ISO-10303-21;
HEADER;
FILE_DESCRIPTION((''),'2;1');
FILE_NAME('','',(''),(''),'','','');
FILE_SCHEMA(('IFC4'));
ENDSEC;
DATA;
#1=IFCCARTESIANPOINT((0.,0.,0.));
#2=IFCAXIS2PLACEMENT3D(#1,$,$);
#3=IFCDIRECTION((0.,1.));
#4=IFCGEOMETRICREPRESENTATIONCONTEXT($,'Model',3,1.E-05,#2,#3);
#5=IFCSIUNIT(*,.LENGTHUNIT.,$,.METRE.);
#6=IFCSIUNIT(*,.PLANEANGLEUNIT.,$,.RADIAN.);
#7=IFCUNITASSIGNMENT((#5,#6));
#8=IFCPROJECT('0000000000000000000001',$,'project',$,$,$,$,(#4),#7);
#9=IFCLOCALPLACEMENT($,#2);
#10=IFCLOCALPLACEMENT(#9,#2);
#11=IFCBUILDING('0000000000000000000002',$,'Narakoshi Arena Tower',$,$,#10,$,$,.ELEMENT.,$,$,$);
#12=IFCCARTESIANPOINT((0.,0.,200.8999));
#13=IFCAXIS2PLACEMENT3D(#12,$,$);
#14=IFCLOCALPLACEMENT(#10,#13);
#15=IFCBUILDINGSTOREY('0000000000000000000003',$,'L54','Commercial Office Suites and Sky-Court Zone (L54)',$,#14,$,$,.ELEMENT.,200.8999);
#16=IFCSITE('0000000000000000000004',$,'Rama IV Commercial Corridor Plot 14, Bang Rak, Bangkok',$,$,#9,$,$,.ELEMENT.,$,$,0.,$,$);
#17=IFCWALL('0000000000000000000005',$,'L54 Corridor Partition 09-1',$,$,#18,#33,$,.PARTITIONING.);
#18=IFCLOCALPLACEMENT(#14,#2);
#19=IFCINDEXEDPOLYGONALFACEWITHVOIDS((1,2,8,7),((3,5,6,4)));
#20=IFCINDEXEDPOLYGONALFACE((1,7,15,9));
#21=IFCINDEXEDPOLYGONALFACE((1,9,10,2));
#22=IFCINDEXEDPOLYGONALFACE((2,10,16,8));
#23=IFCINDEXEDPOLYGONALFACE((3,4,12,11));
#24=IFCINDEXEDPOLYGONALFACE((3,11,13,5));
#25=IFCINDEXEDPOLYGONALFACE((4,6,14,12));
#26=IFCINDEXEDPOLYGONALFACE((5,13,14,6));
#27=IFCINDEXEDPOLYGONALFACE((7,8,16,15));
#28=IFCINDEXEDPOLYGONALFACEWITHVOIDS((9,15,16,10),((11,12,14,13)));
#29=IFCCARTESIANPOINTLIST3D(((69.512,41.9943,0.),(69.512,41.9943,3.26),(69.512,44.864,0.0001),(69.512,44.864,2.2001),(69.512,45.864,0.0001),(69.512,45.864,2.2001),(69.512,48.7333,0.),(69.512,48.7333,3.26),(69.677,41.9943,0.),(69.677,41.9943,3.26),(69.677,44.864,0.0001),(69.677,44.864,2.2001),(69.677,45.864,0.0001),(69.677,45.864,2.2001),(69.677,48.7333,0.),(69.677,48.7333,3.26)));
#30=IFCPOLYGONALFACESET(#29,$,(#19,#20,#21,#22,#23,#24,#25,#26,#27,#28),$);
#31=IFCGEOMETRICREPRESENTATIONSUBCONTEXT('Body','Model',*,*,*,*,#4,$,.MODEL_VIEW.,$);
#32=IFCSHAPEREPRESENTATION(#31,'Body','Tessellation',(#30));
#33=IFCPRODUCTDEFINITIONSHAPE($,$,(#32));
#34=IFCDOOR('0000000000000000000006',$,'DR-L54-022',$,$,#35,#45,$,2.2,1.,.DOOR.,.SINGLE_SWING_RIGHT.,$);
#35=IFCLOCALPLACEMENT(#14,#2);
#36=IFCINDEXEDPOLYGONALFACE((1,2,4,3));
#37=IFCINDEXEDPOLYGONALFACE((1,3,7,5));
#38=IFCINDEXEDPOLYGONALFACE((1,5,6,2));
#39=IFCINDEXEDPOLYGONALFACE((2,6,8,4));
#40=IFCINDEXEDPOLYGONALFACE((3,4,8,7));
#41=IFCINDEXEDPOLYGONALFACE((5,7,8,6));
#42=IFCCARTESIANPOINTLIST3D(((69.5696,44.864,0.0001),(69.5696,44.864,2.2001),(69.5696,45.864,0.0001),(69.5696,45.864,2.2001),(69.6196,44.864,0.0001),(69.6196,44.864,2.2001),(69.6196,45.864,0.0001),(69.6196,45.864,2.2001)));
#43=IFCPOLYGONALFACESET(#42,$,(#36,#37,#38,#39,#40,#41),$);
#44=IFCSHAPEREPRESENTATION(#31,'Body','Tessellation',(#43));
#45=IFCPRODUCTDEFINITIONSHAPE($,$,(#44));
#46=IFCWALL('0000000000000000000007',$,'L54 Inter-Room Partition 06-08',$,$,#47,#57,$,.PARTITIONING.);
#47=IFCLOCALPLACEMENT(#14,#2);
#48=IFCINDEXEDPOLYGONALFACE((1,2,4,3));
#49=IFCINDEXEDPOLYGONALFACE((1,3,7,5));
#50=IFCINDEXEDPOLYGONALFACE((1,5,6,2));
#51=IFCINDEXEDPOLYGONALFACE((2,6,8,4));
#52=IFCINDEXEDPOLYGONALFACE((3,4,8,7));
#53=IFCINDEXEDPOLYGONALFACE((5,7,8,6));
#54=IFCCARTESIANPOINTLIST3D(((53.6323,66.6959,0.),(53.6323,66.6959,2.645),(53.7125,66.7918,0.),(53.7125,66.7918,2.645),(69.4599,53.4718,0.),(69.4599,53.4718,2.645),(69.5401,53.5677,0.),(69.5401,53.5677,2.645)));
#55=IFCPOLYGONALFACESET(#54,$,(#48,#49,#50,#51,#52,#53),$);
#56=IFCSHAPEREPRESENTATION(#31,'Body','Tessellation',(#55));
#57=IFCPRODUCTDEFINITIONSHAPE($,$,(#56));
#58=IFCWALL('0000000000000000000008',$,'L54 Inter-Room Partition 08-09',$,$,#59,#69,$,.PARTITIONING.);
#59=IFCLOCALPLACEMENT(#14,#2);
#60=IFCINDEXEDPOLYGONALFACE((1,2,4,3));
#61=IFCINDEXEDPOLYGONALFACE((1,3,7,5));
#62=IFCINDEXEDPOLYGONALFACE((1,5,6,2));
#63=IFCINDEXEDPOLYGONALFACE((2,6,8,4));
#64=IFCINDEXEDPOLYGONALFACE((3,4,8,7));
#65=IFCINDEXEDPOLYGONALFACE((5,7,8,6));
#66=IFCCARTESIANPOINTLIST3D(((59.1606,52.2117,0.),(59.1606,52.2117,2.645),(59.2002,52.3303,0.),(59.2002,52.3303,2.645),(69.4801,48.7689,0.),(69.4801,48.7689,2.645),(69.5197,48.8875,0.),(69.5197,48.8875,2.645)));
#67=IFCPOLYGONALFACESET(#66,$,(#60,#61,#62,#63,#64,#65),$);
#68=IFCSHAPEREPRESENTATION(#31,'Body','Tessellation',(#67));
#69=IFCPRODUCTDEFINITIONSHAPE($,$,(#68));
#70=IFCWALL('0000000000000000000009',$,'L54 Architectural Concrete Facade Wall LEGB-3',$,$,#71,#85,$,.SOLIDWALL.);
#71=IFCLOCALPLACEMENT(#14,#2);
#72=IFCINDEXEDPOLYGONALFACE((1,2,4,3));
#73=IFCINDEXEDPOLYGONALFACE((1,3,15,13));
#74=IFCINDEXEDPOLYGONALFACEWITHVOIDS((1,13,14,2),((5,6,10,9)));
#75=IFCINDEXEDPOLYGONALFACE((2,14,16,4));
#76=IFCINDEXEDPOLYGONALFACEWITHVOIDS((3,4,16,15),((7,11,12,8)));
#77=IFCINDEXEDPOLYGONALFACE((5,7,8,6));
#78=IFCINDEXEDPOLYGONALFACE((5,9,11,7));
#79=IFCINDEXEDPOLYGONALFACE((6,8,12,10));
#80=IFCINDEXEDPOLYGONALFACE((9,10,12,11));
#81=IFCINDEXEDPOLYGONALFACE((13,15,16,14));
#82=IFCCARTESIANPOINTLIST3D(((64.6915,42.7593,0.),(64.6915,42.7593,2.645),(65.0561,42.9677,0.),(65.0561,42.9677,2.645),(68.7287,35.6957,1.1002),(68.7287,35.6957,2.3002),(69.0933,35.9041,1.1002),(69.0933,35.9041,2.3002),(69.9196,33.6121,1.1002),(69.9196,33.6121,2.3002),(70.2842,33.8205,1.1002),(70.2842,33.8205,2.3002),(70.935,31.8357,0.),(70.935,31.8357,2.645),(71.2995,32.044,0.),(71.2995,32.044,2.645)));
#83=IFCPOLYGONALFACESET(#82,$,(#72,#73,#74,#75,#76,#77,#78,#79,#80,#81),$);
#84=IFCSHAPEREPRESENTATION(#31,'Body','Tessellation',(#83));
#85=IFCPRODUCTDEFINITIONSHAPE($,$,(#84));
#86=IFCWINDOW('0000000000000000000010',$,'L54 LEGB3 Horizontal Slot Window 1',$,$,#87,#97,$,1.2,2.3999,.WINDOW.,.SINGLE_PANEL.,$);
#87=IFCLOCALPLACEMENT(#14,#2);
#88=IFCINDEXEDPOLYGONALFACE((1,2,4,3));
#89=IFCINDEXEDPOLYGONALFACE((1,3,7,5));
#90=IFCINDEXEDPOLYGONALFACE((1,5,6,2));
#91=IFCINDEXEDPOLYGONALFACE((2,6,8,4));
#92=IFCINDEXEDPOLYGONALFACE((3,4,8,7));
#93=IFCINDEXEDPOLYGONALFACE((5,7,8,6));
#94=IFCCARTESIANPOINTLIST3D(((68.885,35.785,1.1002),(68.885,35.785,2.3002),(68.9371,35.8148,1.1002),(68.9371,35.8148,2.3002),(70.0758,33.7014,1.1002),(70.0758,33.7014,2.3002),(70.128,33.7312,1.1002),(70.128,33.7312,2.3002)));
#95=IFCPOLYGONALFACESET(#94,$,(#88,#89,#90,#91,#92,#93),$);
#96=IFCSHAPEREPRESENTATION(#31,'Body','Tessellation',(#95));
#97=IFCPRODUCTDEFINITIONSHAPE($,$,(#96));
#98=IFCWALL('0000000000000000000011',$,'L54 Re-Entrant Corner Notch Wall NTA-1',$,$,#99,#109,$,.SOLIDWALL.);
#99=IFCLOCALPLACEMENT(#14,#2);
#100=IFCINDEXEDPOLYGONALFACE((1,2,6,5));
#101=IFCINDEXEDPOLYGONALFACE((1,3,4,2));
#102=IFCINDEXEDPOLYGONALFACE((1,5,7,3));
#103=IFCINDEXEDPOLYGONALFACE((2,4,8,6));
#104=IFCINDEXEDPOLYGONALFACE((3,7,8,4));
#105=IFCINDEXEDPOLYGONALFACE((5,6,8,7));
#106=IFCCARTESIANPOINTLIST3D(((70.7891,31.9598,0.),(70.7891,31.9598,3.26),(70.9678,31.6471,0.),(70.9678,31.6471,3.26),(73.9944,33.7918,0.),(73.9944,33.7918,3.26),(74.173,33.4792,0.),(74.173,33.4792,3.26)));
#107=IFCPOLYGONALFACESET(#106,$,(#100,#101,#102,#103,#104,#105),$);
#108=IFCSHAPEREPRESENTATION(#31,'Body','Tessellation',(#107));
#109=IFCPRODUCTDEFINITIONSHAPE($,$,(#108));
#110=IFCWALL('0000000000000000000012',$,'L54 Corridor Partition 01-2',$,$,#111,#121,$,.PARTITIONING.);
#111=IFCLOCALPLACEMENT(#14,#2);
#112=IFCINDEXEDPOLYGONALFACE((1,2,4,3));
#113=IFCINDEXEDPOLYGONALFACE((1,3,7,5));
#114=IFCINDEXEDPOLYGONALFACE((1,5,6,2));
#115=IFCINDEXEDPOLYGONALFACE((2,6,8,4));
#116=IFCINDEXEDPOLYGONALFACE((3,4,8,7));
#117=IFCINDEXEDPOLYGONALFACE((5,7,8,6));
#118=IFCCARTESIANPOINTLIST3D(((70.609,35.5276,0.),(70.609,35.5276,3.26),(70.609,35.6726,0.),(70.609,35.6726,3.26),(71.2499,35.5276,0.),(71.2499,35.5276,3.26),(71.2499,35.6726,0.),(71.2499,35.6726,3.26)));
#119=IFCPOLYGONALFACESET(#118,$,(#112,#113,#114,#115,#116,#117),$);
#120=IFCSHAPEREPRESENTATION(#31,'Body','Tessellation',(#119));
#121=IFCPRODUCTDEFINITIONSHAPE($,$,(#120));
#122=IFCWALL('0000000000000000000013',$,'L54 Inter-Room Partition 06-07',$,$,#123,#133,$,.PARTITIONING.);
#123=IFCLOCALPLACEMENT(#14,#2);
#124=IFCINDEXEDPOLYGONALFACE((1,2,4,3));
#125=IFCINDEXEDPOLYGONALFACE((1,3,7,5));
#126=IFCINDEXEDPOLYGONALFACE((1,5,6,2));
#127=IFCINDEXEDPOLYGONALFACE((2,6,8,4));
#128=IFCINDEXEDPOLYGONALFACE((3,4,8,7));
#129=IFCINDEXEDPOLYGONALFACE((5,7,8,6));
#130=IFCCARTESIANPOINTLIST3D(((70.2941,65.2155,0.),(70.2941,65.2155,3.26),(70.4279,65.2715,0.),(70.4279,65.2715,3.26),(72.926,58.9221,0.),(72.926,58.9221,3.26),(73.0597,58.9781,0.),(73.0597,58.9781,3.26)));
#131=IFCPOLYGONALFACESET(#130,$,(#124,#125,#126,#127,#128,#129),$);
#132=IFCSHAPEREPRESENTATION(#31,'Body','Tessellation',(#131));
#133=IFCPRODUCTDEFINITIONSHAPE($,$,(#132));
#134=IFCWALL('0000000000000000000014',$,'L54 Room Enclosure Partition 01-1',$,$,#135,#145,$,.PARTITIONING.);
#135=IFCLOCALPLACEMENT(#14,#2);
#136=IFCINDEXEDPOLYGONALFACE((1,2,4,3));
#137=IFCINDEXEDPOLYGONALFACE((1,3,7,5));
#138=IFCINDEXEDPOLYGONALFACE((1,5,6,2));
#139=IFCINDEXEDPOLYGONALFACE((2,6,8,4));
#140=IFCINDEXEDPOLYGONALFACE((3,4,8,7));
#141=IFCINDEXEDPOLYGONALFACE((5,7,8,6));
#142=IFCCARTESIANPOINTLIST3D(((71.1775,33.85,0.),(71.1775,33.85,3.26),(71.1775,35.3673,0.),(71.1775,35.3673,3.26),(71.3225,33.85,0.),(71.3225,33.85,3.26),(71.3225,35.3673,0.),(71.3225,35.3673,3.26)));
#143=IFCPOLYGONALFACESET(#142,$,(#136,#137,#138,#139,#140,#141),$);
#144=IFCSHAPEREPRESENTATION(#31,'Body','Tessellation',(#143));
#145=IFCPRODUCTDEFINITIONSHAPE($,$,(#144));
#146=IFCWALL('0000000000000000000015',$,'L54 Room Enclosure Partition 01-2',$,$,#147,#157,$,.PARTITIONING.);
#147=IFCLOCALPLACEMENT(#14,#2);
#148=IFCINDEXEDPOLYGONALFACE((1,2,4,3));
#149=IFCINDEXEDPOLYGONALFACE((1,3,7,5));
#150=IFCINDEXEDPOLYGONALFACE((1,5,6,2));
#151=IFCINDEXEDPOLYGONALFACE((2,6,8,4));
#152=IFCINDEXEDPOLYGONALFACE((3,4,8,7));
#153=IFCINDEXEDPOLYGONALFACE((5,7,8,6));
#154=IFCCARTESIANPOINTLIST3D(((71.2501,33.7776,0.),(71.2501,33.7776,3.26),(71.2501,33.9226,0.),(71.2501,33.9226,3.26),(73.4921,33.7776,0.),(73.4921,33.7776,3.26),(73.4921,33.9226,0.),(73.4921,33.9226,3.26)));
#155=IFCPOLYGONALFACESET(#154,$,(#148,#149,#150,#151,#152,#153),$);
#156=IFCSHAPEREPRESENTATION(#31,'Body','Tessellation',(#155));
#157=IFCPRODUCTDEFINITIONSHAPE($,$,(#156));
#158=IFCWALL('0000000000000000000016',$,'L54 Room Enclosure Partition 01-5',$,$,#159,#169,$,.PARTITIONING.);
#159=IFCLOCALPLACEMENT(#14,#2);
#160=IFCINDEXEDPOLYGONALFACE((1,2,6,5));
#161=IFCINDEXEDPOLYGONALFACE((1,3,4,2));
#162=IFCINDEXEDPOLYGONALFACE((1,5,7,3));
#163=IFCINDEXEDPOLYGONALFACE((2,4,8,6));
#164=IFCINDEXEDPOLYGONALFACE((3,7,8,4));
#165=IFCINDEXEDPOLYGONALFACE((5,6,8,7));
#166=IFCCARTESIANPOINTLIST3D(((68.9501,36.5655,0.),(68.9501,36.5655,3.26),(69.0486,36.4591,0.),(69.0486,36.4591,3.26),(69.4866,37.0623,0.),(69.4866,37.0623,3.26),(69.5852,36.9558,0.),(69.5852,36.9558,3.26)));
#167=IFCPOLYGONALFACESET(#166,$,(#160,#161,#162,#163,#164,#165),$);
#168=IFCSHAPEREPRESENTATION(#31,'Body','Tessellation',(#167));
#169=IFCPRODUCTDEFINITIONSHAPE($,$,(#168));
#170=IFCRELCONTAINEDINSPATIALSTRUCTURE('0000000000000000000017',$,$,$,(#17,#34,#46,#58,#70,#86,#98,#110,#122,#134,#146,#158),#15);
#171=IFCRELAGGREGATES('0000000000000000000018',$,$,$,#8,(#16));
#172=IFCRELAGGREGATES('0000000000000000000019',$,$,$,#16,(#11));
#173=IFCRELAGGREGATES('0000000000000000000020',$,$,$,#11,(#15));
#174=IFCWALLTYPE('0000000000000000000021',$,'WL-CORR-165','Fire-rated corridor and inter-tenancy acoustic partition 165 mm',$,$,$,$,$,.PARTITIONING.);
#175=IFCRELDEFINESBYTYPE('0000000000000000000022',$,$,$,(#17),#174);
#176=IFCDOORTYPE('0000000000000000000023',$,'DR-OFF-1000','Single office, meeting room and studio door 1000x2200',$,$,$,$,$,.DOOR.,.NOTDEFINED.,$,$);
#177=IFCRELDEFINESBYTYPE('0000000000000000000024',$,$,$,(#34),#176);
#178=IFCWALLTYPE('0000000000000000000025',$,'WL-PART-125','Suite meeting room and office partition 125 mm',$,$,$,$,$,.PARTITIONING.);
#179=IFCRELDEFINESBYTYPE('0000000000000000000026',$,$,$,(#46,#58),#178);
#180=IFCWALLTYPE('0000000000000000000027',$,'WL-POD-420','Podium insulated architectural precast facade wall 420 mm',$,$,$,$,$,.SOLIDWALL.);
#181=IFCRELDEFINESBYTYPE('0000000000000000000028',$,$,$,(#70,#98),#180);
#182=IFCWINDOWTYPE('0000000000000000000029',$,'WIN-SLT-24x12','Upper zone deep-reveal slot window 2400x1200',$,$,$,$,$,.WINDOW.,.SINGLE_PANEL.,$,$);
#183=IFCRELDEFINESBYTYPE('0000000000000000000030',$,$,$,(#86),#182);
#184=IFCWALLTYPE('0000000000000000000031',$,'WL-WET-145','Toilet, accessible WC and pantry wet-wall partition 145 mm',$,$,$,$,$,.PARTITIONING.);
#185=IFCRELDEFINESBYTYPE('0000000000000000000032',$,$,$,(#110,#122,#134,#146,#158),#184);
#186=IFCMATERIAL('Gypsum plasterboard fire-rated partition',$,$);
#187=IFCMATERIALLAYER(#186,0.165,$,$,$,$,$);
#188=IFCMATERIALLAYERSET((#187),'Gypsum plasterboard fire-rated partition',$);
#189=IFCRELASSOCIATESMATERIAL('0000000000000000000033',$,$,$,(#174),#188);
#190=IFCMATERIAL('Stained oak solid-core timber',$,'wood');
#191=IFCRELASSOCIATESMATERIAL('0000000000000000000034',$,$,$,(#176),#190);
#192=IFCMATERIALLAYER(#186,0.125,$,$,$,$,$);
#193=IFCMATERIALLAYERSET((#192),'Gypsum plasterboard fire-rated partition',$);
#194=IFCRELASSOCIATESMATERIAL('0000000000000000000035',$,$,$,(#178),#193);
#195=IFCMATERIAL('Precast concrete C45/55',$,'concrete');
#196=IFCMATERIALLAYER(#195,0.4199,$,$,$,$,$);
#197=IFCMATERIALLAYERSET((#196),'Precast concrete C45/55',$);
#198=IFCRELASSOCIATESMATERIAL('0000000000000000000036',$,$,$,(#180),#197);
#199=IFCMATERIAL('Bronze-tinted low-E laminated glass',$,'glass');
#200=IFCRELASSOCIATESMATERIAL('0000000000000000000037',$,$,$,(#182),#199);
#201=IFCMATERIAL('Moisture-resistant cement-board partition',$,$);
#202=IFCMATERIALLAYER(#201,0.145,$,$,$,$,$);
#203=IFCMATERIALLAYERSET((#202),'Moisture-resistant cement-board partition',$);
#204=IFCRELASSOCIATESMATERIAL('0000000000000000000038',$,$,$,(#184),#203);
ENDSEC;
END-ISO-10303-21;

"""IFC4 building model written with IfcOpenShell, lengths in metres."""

from ifc_helpers import new_model, si_unit, direction, frame, frame_2d, origin, place, context, subcontext, project, spatial, rectangle, extrude, material, layer, layer_set, type_object, element, fill, save


model = new_model("IFC4")

# Units and contexts
model_context = context("Model", 3, precision=1e-05, world=origin(), true_north=direction((0.0, 1.0)))
body_context = subcontext(model_context, "Body", "Model", "MODEL_VIEW")
ifc_project = project(units=[si_unit("LENGTHUNIT", "METRE"), si_unit("PLANEANGLEUNIT", "RADIAN")], contexts=[model_context])

# Site, building, storey
site_placement = place(None, origin())
site = spatial("IfcSite", under=ifc_project, at=site_placement, Name="Rama IV Commercial Corridor Plot 14, Bang Rak, Bangkok", CompositionType="ELEMENT", RefElevation=0.0)
building_placement = place(site_placement, origin())
building = spatial("IfcBuilding", under=site, at=building_placement, Name="Narakoshi Arena Tower", CompositionType="ELEMENT")
storey_placement = place(building_placement, frame((0.0, 0.0, 200.8999)))
storey = spatial("IfcBuildingStorey", under=building, at=storey_placement, Name="L54", Description="Commercial Office Suites and Sky-Court Zone (L54)", CompositionType="ELEMENT", Elevation=200.8999)

# Shared definitions
ifc_material_1 = material(Name="Bronze-tinted low-E laminated glass", Category="glass")

# Wall, opening, door
ifc_material_2 = material(Name="Gypsum plasterboard fire-rated partition")
ifc_layer_1 = layer(ifc_material_2, 0.165)
ifc_layer_set_1 = layer_set([ifc_layer_1], Name="Gypsum plasterboard fire-rated partition")
wall_type_1 = type_object("IfcWallType", Name="WL-CORR-165", Description="Fire-rated corridor and inter-tenancy acoustic partition 165 mm", PredefinedType="PARTITIONING", material=ifc_layer_set_1)
ifc_material_3 = material(Name="Stained oak solid-core timber", Category="wood")
door_type_1 = type_object("IfcDoorType", Name="DR-OFF-1000", Description="Single office, meeting room and studio door 1000x2200", OperationType="NOTDEFINED", PredefinedType="DOOR", material=ifc_material_3)
wall_1_placement = place(storey_placement, frame((69.5945, 48.7334, 0.0), z_axis=(0.0, 0.0, 1.0), x_axis=(0.0, -1.0, 0.0)))
wall_1 = element("IfcWall", 1, at=wall_1_placement, inside=storey, type_object=wall_type_1, Name="L54 Corridor Partition 09-1", PredefinedType="PARTITIONING", context=body_context, shape_type="SweptSolid", body=[
    extrude(rectangle(XDim=6.739, YDim=0.165, at=frame_2d((3.3696, 0.0))), origin(), (0.0, 0.0, 1.0), 3.26),
])
opening_1_placement = place(wall_1_placement, frame((2.8694, 0.0, 0.0)))
opening_1 = element("IfcOpeningElement", 2, at=opening_1_placement, cuts=wall_1, PredefinedType="OPENING", context=body_context, shape_type="SweptSolid", body=[
    extrude(rectangle(XDim=1.0, YDim=2.2, at=frame_2d((0.5, 1.1001))), frame((0.0, 0.0925, 0.0), z_axis=(0.0, -1.0, 0.0), x_axis=(1.0, 0.0, 0.0)), (0.0, 0.0, 1.0), 0.1851),
])
door_1_placement = place(opening_1_placement, frame((1.0, 0.0, 0.0), z_axis=(0.0, 0.0, 1.0), x_axis=(-1.0, 0.0, 0.0)))
door_1 = element("IfcDoor", 3, at=door_1_placement, inside=storey, type_object=door_type_1, Name="DR-L54-022", OperationType="SINGLE_SWING_RIGHT", OverallHeight=2.2, OverallWidth=1.0, PredefinedType="DOOR", context=body_context, shape_type="SweptSolid", body=[
    extrude(rectangle(XDim=1.0, YDim=2.2, at=frame_2d((0.5, 1.1001))), frame((0.0, 0.0249, 0.0), z_axis=(0.0, -1.0, 0.0), x_axis=(1.0, 0.0, 0.0)), (0.0, 0.0, 1.0), 0.05),
])
fill(opening_1, door_1)

# Walls
ifc_layer_2 = layer(ifc_material_2, 0.125)
ifc_layer_set_2 = layer_set([ifc_layer_2], Name="Gypsum plasterboard fire-rated partition")
wall_type_2 = type_object("IfcWallType", Name="WL-PART-125", Description="Suite meeting room and office partition 125 mm", PredefinedType="PARTITIONING", material=ifc_layer_set_2)
wall_2_placement = place(storey_placement, frame((69.5, 53.5198, 0.0), z_axis=(0.0, 0.0, 1.0), x_axis=(-0.7674, 0.641169, 0.0)))
element("IfcWall", 4, at=wall_2_placement, inside=storey, type_object=wall_type_2, Name="L54 Inter-Room Partition 06-08", PredefinedType="PARTITIONING", context=body_context, shape_type="SweptSolid", body=[
    extrude(rectangle(XDim=20.625, YDim=0.125, at=frame_2d((10.3125, 0.0))), origin(), (0.0, 0.0, 1.0), 2.645),
])
wall_3_placement = place(storey_placement, frame((69.5, 48.8281, 0.0), z_axis=(0.0, 0.0, 1.0), x_axis=(-0.9486, 0.316477, 0.0)))
element("IfcWall", 5, at=wall_3_placement, inside=storey, type_object=wall_type_2, Name="L54 Inter-Room Partition 08-09", PredefinedType="PARTITIONING", context=body_context, shape_type="SweptSolid", body=[
    extrude(rectangle(XDim=10.8787, YDim=0.125, at=frame_2d((5.4395, 0.0))), origin(), (0.0, 0.0, 1.0), 2.645),
])

# Wall, opening, window
ifc_material_4 = material(Name="Precast concrete C45/55", Category="concrete")
ifc_layer_3 = layer(ifc_material_4, 0.4199)
ifc_layer_set_3 = layer_set([ifc_layer_3], Name="Precast concrete C45/55")
wall_type_3 = type_object("IfcWallType", Name="WL-POD-420", Description="Podium insulated architectural precast facade wall 420 mm", PredefinedType="SOLIDWALL", material=ifc_layer_set_3)
wall_4_placement = place(storey_placement, frame((64.8738, 42.8635, 0.0), z_axis=(0.0, 0.0, 1.0), x_axis=(0.49622, -0.868197, 0.0)))
wall_4 = element("IfcWall", 6, at=wall_4_placement, inside=storey, type_object=wall_type_3, Name="L54 Architectural Concrete Facade Wall LEGB-3", PredefinedType="SOLIDWALL", context=body_context, shape_type="SweptSolid", body=[
    extrude(rectangle(XDim=12.582, YDim=0.4199, at=frame_2d((6.291, 0.0))), origin(), (0.0, 0.0, 1.0), 2.645),
])
opening_2_placement = place(wall_4_placement, frame((8.136, 0.0, 1.1001)))
opening_2 = element("IfcOpeningElement", 7, at=opening_2_placement, cuts=wall_4, PredefinedType="OPENING", context=body_context, shape_type="SweptSolid", body=[
    extrude(rectangle(XDim=2.3999, YDim=1.2, at=frame_2d((1.2, 0.6001))), frame((0.0, 0.22, 0.0), z_axis=(0.0, -1.0, 0.0), x_axis=(1.0, 0.0, 0.0)), (0.0, 0.0, 1.0), 0.4399),
])
window_type = type_object("IfcWindowType", Name="WIN-SLT-24x12", Description="Upper zone deep-reveal slot window 2400x1200", PartitioningType="SINGLE_PANEL", PredefinedType="WINDOW", material=ifc_material_1)
window_placement = place(opening_2_placement, origin())
window = element("IfcWindow", 8, at=window_placement, inside=storey, type_object=window_type, Name="L54 LEGB3 Horizontal Slot Window 1", OverallHeight=1.2, OverallWidth=2.3999, PartitioningType="SINGLE_PANEL", PredefinedType="WINDOW", context=body_context, shape_type="SweptSolid", body=[
    extrude(rectangle(XDim=2.3999, YDim=1.2, at=frame_2d((1.2, 0.6001))), frame((0.0, 0.03, 0.0), z_axis=(0.0, -1.0, 0.0), x_axis=(1.0, 0.0, 0.0)), (0.0, 0.0, 1.0), 0.0601),
])
fill(opening_2, window)

# Wall
wall_5_placement = place(storey_placement, frame((70.8784, 31.8035, 0.0), z_axis=(0.0, 0.0, 1.0), x_axis=(0.868194, 0.496224, 0.0)))
element("IfcWall", 9, at=wall_5_placement, inside=storey, type_object=wall_type_3, Name="L54 Re-Entrant Corner Notch Wall NTA-1", PredefinedType="SOLIDWALL", context=body_context, shape_type="SweptSolid", body=[
    extrude(rectangle(XDim=3.6919, YDim=0.3601, at=frame_2d((1.8459, 0.0))), origin(), (0.0, 0.0, 1.0), 3.26),
])

# Shared definitions
ifc_material_5 = material(Name="Moisture-resistant cement-board partition")
ifc_layer_4 = layer(ifc_material_5, 0.145)
ifc_layer_set_4 = layer_set([ifc_layer_4], Name="Moisture-resistant cement-board partition")
wall_type_4 = type_object("IfcWallType", Name="WL-WET-145", Description="Toilet, accessible WC and pantry wet-wall partition 145 mm", PredefinedType="PARTITIONING", material=ifc_layer_set_4)

# Walls
wall_6_placement = place(storey_placement, frame((70.6091, 35.6001, 0.0), z_axis=(0.0, 0.0, 1.0), x_axis=(1.0, 0.0, 0.0)))
element("IfcWall", 10, at=wall_6_placement, inside=storey, type_object=wall_type_4, Name="L54 Corridor Partition 01-2", PredefinedType="PARTITIONING", context=body_context, shape_type="SweptSolid", body=[
    extrude(rectangle(XDim=0.6409, YDim=0.145, at=frame_2d((0.3203, 0.0))), origin(), (0.0, 0.0, 1.0), 3.26),
])
wall_7_placement = place(storey_placement, frame((70.3611, 65.2434, 0.0), z_axis=(0.0, 0.0, 1.0), x_axis=(0.385809, -0.922578, 0.0)))
element("IfcWall", 11, at=wall_7_placement, inside=storey, type_object=wall_type_4, Name="L54 Inter-Room Partition 06-07", PredefinedType="PARTITIONING", context=body_context, shape_type="SweptSolid", body=[
    extrude(rectangle(XDim=6.8215, YDim=0.145, at=frame_2d((3.4106, 0.0))), origin(), (0.0, 0.0, 1.0), 3.26),
])
wall_8_placement = place(storey_placement, frame((71.25, 35.3674, 0.0), z_axis=(0.0, 0.0, 1.0), x_axis=(0.0, -1.0, 0.0)))
element("IfcWall", 12, at=wall_8_placement, inside=storey, type_object=wall_type_4, Name="L54 Room Enclosure Partition 01-1", PredefinedType="PARTITIONING", context=body_context, shape_type="SweptSolid", body=[
    extrude(rectangle(XDim=1.5173, YDim=0.145, at=frame_2d((0.7588, 0.0))), origin(), (0.0, 0.0, 1.0), 3.26),
])
wall_9_placement = place(storey_placement, frame((71.25, 33.8501, 0.0), z_axis=(0.0, 0.0, 1.0), x_axis=(1.0, 0.0, 0.0)))
element("IfcWall", 13, at=wall_9_placement, inside=storey, type_object=wall_type_4, Name="L54 Room Enclosure Partition 01-2", PredefinedType="PARTITIONING", context=body_context, shape_type="SweptSolid", body=[
    extrude(rectangle(XDim=2.2419, YDim=0.145, at=frame_2d((1.1211, 0.0))), origin(), (0.0, 0.0, 1.0), 3.26),
])
wall_10_placement = place(storey_placement, frame((68.9993, 36.5122, 0.0), z_axis=(0.0, 0.0, 1.0), x_axis=(0.733791, 0.679375, 0.0)))
element("IfcWall", 14, at=wall_10_placement, inside=storey, type_object=wall_type_4, Name="L54 Room Enclosure Partition 01-5", PredefinedType="PARTITIONING", context=body_context, shape_type="SweptSolid", body=[
    extrude(rectangle(XDim=0.7312, YDim=0.145, at=frame_2d((0.3657, 0.0))), origin(), (0.0, 0.0, 1.0), 3.26),
])

save(model, "model.ifc")
